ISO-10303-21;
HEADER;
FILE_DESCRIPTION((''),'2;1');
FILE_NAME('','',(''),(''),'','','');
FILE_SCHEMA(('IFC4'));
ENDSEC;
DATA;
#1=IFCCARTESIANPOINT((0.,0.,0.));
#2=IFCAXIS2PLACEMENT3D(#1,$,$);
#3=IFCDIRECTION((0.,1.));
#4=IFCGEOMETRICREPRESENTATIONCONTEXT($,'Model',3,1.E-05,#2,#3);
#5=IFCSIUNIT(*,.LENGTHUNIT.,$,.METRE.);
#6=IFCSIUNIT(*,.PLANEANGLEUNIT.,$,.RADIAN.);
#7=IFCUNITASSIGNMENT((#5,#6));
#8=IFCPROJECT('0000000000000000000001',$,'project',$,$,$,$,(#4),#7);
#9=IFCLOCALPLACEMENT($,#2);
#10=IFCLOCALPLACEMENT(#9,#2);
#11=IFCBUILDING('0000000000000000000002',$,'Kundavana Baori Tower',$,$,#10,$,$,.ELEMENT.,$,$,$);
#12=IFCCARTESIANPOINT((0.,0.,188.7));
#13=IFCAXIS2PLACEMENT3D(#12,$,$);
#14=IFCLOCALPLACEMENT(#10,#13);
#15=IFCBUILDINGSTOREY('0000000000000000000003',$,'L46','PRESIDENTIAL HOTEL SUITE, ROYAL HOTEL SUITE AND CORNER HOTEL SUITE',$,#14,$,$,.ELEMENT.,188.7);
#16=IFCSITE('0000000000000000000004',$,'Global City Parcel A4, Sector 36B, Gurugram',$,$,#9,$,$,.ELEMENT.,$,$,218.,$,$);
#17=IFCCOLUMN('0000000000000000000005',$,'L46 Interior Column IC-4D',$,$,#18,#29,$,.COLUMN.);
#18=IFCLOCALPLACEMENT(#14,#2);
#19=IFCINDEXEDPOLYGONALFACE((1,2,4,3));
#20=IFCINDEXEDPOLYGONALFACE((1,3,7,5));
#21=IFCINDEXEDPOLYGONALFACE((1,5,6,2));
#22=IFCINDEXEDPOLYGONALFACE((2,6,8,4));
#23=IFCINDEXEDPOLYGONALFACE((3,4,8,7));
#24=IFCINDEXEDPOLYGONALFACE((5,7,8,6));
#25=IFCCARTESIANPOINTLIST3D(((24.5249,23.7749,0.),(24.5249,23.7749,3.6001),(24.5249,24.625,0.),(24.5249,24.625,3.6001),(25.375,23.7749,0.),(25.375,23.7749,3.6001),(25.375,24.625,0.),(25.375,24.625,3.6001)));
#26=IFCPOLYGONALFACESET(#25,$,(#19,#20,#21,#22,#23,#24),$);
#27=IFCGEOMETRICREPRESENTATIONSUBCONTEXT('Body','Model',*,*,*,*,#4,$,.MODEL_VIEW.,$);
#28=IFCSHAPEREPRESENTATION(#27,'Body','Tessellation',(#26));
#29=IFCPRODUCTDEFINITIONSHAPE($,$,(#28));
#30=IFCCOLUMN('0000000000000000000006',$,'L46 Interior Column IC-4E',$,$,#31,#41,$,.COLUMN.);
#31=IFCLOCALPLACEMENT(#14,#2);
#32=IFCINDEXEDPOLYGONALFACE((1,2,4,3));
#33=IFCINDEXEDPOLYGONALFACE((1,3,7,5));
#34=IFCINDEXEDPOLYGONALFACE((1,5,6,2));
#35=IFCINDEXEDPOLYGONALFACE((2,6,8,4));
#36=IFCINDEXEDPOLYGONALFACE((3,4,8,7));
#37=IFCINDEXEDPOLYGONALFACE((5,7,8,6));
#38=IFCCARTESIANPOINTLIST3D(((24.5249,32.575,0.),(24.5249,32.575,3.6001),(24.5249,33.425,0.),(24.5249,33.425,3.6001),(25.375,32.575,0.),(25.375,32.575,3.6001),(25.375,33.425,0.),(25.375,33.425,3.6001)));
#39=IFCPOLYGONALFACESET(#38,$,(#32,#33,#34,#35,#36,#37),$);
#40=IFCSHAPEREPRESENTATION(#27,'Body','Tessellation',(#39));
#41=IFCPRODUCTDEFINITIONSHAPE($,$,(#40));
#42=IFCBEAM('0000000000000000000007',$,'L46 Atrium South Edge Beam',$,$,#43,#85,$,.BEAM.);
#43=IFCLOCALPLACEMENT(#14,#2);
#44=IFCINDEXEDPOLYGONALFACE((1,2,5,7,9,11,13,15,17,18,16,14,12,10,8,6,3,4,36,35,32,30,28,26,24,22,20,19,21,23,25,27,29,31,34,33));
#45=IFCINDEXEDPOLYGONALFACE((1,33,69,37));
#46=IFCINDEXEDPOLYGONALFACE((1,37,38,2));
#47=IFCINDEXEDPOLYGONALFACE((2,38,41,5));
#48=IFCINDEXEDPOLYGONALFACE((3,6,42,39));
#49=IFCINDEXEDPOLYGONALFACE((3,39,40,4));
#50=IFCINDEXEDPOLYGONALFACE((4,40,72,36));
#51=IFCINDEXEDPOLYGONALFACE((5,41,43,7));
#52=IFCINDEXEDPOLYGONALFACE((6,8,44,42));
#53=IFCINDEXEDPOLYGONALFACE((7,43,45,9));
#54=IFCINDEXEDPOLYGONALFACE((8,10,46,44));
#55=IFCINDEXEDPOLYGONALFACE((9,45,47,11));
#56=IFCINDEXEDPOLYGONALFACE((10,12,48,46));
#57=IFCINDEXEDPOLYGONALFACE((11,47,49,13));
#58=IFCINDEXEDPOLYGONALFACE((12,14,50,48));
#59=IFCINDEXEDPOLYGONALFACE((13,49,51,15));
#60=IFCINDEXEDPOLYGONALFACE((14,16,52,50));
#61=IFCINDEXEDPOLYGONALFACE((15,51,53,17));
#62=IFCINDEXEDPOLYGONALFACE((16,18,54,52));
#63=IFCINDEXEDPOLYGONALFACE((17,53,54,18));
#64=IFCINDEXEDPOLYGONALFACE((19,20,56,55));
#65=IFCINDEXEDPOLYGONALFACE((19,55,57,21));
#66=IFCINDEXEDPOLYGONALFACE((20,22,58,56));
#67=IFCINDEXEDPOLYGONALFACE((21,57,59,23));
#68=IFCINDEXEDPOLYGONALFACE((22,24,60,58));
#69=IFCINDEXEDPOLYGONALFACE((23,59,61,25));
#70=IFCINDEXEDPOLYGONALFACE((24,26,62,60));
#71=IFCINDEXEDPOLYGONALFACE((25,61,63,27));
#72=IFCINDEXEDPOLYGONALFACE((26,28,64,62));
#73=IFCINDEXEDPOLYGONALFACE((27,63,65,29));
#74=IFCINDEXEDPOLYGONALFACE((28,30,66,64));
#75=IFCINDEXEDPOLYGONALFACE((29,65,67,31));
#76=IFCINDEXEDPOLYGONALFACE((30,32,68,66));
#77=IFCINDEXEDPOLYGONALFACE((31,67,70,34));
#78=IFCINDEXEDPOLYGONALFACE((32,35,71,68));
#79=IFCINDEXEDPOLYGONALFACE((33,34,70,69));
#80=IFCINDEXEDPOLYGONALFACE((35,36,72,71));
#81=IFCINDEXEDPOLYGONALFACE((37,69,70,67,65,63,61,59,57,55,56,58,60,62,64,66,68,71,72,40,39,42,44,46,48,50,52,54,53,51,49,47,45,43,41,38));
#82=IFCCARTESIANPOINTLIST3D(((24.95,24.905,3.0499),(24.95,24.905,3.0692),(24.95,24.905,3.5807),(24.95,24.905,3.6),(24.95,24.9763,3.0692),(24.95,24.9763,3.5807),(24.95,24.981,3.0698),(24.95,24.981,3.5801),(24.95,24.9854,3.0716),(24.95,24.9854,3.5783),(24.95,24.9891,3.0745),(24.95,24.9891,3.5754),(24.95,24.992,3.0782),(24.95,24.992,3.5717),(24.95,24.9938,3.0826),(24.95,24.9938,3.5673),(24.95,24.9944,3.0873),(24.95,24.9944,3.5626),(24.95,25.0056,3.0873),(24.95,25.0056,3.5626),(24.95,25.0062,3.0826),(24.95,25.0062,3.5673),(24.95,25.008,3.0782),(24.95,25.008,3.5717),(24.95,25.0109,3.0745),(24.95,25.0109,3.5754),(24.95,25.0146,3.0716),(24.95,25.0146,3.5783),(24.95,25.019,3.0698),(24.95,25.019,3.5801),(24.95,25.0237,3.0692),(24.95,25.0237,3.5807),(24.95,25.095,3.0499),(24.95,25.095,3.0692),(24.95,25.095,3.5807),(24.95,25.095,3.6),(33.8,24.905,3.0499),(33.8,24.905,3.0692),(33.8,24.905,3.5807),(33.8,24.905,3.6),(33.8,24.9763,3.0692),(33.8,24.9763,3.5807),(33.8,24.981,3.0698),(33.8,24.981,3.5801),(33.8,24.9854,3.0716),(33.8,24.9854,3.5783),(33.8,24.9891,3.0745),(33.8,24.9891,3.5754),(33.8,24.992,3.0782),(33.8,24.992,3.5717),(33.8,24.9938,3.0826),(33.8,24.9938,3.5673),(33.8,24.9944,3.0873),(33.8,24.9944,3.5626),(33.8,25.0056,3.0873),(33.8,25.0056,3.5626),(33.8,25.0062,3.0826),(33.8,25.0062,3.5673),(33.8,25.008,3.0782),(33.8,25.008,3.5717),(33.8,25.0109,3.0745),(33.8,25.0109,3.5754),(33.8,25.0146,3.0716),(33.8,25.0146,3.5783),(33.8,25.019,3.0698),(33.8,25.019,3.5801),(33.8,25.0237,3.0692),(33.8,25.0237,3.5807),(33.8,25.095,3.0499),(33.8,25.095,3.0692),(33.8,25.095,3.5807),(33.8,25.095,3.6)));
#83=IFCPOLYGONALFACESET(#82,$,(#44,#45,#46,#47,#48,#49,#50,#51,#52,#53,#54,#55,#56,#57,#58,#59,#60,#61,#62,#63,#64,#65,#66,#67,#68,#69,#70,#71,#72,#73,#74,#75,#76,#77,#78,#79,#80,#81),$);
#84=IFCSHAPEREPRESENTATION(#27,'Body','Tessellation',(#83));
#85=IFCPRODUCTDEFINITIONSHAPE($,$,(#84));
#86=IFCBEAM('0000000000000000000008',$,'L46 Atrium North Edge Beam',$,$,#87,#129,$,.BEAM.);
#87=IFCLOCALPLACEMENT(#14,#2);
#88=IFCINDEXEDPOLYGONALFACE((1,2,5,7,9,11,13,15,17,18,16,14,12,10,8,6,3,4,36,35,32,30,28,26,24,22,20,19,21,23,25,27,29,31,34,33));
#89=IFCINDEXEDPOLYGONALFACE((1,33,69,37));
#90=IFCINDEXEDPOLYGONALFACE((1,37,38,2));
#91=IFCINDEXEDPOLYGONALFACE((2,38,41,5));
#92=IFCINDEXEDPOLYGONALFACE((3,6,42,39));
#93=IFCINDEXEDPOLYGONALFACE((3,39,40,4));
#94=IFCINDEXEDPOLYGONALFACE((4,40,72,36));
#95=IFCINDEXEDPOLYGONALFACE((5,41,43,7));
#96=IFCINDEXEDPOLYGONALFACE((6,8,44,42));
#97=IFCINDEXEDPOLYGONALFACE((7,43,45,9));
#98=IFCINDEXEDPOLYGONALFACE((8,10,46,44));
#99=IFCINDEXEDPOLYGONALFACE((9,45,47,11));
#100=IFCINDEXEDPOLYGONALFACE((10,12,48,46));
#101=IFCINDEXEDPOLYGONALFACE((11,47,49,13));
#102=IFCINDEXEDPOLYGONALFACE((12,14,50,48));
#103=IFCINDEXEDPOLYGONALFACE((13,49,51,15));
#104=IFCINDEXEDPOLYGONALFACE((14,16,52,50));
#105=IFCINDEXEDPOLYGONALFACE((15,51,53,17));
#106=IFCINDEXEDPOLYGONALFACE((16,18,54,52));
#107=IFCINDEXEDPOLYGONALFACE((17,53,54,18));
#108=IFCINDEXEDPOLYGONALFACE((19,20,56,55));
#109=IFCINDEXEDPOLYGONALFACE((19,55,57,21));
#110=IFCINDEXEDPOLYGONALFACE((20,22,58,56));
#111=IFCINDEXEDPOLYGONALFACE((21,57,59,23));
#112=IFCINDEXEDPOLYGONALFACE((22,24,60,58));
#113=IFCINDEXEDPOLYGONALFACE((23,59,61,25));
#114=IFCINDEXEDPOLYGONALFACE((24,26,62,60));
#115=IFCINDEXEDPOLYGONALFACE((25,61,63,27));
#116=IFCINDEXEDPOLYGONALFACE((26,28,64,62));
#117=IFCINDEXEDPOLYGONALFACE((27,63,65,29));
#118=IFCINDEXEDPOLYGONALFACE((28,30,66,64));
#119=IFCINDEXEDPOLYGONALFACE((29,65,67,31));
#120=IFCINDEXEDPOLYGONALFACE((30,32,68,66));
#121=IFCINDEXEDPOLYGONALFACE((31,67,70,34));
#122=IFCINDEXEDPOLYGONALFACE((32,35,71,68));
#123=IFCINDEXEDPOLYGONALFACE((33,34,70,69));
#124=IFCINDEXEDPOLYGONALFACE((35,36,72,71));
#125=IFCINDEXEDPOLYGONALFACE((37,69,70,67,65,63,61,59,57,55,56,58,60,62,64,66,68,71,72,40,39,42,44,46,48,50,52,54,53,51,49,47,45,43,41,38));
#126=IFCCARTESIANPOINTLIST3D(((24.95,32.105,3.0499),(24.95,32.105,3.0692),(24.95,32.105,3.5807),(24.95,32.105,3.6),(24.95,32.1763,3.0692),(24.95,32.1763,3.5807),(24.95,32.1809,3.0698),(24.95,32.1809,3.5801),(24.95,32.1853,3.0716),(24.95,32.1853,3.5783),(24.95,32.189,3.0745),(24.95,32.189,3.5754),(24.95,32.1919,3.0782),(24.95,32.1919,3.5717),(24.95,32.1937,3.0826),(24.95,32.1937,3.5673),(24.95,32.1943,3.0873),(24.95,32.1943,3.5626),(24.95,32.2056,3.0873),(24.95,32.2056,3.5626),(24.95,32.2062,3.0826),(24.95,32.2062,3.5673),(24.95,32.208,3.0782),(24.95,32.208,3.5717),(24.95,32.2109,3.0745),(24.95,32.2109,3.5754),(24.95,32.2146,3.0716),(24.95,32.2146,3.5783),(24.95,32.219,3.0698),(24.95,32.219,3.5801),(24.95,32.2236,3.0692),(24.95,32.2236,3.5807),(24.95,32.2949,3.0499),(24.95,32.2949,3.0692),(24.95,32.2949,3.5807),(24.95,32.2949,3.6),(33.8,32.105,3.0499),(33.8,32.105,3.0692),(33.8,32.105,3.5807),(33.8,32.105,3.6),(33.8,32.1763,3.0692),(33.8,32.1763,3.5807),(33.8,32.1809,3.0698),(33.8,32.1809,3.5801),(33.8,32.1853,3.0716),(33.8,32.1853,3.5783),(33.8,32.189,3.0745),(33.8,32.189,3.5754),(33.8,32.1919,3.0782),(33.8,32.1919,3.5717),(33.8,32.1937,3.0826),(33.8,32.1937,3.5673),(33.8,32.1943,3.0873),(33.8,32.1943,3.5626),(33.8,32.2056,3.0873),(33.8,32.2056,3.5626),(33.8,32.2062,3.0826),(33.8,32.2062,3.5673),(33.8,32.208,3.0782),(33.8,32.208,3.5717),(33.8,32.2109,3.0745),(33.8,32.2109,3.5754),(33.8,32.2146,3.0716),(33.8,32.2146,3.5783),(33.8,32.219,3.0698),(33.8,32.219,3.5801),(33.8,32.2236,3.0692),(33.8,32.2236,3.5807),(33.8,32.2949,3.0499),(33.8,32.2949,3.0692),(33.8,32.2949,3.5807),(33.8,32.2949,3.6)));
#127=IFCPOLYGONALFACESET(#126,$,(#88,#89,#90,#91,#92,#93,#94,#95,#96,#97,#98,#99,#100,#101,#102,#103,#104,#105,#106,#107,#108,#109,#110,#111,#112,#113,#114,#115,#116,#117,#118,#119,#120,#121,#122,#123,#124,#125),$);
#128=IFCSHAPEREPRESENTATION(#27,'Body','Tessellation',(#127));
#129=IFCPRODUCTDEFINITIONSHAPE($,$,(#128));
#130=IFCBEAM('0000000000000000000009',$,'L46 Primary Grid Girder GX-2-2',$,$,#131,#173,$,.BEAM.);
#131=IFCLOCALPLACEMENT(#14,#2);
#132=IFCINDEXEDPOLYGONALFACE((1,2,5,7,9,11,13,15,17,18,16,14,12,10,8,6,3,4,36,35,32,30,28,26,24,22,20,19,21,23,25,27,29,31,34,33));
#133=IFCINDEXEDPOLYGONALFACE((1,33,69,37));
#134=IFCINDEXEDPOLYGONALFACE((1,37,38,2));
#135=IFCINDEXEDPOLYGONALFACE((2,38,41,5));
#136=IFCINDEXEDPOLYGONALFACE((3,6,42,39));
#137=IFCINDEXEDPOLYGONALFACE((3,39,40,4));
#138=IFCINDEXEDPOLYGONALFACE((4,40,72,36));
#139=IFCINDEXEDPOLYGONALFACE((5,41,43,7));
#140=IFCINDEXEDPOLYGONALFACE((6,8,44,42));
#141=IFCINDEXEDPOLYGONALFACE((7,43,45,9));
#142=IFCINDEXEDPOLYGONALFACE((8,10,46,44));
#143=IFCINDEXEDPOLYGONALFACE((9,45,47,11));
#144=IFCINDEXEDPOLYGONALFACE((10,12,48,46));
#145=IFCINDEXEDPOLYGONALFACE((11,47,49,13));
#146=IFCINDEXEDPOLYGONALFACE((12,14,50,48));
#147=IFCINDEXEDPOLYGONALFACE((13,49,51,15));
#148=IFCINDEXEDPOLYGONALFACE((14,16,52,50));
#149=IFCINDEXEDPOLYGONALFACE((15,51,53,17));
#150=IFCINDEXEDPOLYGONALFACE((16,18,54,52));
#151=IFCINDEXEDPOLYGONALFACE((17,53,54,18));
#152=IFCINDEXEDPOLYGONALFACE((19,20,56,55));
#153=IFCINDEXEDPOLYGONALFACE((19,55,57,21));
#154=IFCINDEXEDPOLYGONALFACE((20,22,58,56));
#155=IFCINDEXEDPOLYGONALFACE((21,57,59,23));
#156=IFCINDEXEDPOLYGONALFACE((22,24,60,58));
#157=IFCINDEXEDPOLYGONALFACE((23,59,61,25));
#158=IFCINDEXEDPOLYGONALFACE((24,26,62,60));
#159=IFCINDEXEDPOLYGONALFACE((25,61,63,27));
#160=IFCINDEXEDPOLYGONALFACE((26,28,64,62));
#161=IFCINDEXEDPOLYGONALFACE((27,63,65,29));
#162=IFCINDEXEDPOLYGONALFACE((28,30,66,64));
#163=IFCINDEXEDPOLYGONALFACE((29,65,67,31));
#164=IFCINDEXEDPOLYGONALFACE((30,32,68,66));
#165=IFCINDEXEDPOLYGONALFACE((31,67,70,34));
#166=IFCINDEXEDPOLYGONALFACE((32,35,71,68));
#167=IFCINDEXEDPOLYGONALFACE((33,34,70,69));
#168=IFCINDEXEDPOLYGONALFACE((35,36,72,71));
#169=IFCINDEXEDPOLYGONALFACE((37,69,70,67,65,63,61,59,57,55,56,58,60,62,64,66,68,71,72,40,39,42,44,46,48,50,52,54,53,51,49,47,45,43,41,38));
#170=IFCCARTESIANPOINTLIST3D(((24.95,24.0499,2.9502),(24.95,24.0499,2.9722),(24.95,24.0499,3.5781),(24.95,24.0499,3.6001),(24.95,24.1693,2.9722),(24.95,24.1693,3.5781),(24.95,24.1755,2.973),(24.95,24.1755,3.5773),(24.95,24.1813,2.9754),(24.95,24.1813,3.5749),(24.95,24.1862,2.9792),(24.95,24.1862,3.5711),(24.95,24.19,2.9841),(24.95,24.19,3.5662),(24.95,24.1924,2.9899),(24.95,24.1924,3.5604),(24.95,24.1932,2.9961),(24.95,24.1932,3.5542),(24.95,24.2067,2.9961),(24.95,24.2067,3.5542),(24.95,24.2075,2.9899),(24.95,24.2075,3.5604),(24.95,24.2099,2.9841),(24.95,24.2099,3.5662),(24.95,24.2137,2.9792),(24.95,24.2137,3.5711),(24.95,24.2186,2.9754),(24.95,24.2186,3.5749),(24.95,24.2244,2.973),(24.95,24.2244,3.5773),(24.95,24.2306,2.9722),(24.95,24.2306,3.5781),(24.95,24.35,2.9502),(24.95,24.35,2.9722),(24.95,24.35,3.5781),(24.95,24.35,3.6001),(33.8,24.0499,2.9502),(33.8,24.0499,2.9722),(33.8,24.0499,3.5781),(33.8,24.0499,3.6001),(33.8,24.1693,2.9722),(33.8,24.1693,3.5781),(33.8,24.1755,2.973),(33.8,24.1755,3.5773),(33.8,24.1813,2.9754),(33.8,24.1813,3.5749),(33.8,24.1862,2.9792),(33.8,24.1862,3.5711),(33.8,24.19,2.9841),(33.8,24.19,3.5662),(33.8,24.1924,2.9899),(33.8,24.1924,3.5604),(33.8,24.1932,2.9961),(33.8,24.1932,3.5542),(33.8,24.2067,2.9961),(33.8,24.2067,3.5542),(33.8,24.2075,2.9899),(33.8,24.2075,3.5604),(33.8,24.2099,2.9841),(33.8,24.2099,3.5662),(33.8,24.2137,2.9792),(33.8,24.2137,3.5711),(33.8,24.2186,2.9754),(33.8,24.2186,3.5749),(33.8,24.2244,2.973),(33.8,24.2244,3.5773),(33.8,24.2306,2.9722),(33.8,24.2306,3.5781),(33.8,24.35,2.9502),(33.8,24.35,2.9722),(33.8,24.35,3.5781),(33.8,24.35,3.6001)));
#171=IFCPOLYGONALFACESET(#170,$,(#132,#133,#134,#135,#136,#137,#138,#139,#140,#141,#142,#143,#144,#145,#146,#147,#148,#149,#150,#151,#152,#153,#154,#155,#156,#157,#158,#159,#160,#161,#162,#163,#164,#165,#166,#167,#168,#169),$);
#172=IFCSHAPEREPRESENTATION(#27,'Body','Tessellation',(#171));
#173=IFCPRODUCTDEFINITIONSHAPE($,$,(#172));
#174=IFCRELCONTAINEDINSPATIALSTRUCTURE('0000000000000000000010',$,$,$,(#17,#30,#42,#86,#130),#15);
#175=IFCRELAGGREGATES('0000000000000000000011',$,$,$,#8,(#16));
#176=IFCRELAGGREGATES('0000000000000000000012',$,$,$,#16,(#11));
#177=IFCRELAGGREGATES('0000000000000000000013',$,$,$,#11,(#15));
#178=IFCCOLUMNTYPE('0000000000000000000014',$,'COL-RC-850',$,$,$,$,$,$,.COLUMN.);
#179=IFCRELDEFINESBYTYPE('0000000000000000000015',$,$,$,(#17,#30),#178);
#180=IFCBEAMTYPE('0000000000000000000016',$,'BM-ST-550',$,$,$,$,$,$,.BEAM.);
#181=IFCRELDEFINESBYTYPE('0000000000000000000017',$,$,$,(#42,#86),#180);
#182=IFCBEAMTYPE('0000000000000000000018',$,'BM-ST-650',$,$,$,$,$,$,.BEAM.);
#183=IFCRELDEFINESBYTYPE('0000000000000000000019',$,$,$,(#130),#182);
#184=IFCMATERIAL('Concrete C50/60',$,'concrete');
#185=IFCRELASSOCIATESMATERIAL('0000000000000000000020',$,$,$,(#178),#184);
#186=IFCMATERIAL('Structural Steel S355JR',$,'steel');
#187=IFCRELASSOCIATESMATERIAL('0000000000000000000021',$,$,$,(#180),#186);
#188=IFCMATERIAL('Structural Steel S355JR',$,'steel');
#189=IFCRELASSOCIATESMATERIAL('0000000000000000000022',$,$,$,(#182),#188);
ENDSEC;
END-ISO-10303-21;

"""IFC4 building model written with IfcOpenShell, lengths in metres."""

from ifc_helpers import new_model, si_unit, direction, frame, origin, origin_2d, place, context, subcontext, project, spatial, rectangle, i_section, extrude, material, material_profile, profile_set, type_object, element, save


model = new_model("IFC4")

# Units and contexts
model_context = context("Model", 3, precision=1e-05, world=origin(), true_north=direction((0.0, 1.0)))
body_context = subcontext(model_context, "Body", "Model", "MODEL_VIEW")
ifc_project = project(units=[si_unit("LENGTHUNIT", "METRE"), si_unit("PLANEANGLEUNIT", "RADIAN")], contexts=[model_context])

# Site, building, storey
site_placement = place(None, origin())
site = spatial("IfcSite", under=ifc_project, at=site_placement, Name="Global City Parcel A4, Sector 36B, Gurugram", CompositionType="ELEMENT", RefElevation=218.0)
building_placement = place(site_placement, origin())
building = spatial("IfcBuilding", under=site, at=building_placement, Name="Kundavana Baori Tower", CompositionType="ELEMENT")
storey_placement = place(building_placement, frame((0.0, 0.0, 188.7)))
storey = spatial("IfcBuildingStorey", under=building, at=storey_placement, Name="L46", Description="PRESIDENTIAL HOTEL SUITE, ROYAL HOTEL SUITE AND CORNER HOTEL SUITE", CompositionType="ELEMENT", Elevation=188.7)

# Columns
ifc_material_1 = material(Name="Concrete C50/60", Category="concrete")
ifc_material_profile_1 = material_profile(ifc_material_1, rectangle(XDim=0.8501, YDim=0.8501, at=origin_2d()), Name="RC 850x850")
ifc_profile_set_1 = profile_set([ifc_material_profile_1], Name="Concrete C50/60")
column_type = type_object("IfcColumnType", Name="COL-RC-850", PredefinedType="COLUMN", material=ifc_profile_set_1)
for number, where, z_axis, x_axis, name in (
    (1, (24.95, 24.2, 0.0), (0.0, 0.0, 1.0), (1.0, 0.0, 0.0), "L46 Interior Column IC-4D"),
    (2, (24.95, 33.0, 0.0), (0.0, 0.0, 1.0), (1.0, 0.0, 0.0), "L46 Interior Column IC-4E"),
):
    element("IfcColumn", number, at=place(storey_placement, frame(where, z_axis=z_axis, x_axis=x_axis)), inside=storey, type_object=column_type, Name=name, PredefinedType="COLUMN", context=body_context, shape_type="SweptSolid", body=[
        extrude(rectangle(XDim=0.8501, YDim=0.8501, at=origin_2d()), origin(), (0.0, 0.0, 1.0), 3.6001),
    ])

# Beams
ifc_material_2 = material(Name="Structural Steel S355JR", Category="steel")
ifc_material_profile_2 = material_profile(ifc_material_2, i_section(OverallWidth=0.1899, OverallDepth=0.55, WebThickness=0.0112, FlangeThickness=0.0193, FilletRadius=0.0181, at=origin_2d()), Name="ISMB 550")
ifc_profile_set_2 = profile_set([ifc_material_profile_2], Name="Structural Steel S355JR")
beam_type_1 = type_object("IfcBeamType", Name="BM-ST-550", PredefinedType="BEAM", material=ifc_profile_set_2)
for number, where, z_axis, x_axis, name in (
    (3, (24.95, 25.0, 3.325), (1.0, 0.0, 0.0), (0.0, 1.0, 0.0), "L46 Atrium South Edge Beam"),
    (4, (24.95, 32.2, 3.325), (1.0, 0.0, 0.0), (0.0, 1.0, 0.0), "L46 Atrium North Edge Beam"),
):
    element("IfcBeam", number, at=place(storey_placement, frame(where, z_axis=z_axis, x_axis=x_axis)), inside=storey, type_object=beam_type_1, Name=name, PredefinedType="BEAM", context=body_context, shape_type="SweptSolid", body=[
        extrude(i_section(OverallWidth=0.1899, OverallDepth=0.55, WebThickness=0.0112, FlangeThickness=0.0193, FilletRadius=0.0181, at=origin_2d()), origin(), (0.0, 0.0, 1.0), 8.8501),
    ])
ifc_material_3 = material(Name="Structural Steel S355JR", Category="steel")
ifc_material_profile_3 = material_profile(ifc_material_3, i_section(OverallWidth=0.3, OverallDepth=0.6499, WebThickness=0.0134, FlangeThickness=0.022, FilletRadius=0.0239, at=origin_2d()), Name="NPB 650x300x155")
ifc_profile_set_3 = profile_set([ifc_material_profile_3], Name="Structural Steel S355JR")
beam_type_2 = type_object("IfcBeamType", Name="BM-ST-650", PredefinedType="BEAM", material=ifc_profile_set_3)
for number, where, z_axis, x_axis, name in (
    (5, (24.95, 24.2, 3.2751), (1.0, 0.0, 0.0), (0.0, 1.0, 0.0), "L46 Primary Grid Girder GX-2-2"),
):
    element("IfcBeam", number, at=place(storey_placement, frame(where, z_axis=z_axis, x_axis=x_axis)), inside=storey, type_object=beam_type_2, Name=name, PredefinedType="BEAM", context=body_context, shape_type="SweptSolid", body=[
        extrude(i_section(OverallWidth=0.3, OverallDepth=0.6499, WebThickness=0.0134, FlangeThickness=0.022, FilletRadius=0.0239, at=origin_2d()), origin(), (0.0, 0.0, 1.0), 8.8501),
    ])

save(model, "model.ifc")
